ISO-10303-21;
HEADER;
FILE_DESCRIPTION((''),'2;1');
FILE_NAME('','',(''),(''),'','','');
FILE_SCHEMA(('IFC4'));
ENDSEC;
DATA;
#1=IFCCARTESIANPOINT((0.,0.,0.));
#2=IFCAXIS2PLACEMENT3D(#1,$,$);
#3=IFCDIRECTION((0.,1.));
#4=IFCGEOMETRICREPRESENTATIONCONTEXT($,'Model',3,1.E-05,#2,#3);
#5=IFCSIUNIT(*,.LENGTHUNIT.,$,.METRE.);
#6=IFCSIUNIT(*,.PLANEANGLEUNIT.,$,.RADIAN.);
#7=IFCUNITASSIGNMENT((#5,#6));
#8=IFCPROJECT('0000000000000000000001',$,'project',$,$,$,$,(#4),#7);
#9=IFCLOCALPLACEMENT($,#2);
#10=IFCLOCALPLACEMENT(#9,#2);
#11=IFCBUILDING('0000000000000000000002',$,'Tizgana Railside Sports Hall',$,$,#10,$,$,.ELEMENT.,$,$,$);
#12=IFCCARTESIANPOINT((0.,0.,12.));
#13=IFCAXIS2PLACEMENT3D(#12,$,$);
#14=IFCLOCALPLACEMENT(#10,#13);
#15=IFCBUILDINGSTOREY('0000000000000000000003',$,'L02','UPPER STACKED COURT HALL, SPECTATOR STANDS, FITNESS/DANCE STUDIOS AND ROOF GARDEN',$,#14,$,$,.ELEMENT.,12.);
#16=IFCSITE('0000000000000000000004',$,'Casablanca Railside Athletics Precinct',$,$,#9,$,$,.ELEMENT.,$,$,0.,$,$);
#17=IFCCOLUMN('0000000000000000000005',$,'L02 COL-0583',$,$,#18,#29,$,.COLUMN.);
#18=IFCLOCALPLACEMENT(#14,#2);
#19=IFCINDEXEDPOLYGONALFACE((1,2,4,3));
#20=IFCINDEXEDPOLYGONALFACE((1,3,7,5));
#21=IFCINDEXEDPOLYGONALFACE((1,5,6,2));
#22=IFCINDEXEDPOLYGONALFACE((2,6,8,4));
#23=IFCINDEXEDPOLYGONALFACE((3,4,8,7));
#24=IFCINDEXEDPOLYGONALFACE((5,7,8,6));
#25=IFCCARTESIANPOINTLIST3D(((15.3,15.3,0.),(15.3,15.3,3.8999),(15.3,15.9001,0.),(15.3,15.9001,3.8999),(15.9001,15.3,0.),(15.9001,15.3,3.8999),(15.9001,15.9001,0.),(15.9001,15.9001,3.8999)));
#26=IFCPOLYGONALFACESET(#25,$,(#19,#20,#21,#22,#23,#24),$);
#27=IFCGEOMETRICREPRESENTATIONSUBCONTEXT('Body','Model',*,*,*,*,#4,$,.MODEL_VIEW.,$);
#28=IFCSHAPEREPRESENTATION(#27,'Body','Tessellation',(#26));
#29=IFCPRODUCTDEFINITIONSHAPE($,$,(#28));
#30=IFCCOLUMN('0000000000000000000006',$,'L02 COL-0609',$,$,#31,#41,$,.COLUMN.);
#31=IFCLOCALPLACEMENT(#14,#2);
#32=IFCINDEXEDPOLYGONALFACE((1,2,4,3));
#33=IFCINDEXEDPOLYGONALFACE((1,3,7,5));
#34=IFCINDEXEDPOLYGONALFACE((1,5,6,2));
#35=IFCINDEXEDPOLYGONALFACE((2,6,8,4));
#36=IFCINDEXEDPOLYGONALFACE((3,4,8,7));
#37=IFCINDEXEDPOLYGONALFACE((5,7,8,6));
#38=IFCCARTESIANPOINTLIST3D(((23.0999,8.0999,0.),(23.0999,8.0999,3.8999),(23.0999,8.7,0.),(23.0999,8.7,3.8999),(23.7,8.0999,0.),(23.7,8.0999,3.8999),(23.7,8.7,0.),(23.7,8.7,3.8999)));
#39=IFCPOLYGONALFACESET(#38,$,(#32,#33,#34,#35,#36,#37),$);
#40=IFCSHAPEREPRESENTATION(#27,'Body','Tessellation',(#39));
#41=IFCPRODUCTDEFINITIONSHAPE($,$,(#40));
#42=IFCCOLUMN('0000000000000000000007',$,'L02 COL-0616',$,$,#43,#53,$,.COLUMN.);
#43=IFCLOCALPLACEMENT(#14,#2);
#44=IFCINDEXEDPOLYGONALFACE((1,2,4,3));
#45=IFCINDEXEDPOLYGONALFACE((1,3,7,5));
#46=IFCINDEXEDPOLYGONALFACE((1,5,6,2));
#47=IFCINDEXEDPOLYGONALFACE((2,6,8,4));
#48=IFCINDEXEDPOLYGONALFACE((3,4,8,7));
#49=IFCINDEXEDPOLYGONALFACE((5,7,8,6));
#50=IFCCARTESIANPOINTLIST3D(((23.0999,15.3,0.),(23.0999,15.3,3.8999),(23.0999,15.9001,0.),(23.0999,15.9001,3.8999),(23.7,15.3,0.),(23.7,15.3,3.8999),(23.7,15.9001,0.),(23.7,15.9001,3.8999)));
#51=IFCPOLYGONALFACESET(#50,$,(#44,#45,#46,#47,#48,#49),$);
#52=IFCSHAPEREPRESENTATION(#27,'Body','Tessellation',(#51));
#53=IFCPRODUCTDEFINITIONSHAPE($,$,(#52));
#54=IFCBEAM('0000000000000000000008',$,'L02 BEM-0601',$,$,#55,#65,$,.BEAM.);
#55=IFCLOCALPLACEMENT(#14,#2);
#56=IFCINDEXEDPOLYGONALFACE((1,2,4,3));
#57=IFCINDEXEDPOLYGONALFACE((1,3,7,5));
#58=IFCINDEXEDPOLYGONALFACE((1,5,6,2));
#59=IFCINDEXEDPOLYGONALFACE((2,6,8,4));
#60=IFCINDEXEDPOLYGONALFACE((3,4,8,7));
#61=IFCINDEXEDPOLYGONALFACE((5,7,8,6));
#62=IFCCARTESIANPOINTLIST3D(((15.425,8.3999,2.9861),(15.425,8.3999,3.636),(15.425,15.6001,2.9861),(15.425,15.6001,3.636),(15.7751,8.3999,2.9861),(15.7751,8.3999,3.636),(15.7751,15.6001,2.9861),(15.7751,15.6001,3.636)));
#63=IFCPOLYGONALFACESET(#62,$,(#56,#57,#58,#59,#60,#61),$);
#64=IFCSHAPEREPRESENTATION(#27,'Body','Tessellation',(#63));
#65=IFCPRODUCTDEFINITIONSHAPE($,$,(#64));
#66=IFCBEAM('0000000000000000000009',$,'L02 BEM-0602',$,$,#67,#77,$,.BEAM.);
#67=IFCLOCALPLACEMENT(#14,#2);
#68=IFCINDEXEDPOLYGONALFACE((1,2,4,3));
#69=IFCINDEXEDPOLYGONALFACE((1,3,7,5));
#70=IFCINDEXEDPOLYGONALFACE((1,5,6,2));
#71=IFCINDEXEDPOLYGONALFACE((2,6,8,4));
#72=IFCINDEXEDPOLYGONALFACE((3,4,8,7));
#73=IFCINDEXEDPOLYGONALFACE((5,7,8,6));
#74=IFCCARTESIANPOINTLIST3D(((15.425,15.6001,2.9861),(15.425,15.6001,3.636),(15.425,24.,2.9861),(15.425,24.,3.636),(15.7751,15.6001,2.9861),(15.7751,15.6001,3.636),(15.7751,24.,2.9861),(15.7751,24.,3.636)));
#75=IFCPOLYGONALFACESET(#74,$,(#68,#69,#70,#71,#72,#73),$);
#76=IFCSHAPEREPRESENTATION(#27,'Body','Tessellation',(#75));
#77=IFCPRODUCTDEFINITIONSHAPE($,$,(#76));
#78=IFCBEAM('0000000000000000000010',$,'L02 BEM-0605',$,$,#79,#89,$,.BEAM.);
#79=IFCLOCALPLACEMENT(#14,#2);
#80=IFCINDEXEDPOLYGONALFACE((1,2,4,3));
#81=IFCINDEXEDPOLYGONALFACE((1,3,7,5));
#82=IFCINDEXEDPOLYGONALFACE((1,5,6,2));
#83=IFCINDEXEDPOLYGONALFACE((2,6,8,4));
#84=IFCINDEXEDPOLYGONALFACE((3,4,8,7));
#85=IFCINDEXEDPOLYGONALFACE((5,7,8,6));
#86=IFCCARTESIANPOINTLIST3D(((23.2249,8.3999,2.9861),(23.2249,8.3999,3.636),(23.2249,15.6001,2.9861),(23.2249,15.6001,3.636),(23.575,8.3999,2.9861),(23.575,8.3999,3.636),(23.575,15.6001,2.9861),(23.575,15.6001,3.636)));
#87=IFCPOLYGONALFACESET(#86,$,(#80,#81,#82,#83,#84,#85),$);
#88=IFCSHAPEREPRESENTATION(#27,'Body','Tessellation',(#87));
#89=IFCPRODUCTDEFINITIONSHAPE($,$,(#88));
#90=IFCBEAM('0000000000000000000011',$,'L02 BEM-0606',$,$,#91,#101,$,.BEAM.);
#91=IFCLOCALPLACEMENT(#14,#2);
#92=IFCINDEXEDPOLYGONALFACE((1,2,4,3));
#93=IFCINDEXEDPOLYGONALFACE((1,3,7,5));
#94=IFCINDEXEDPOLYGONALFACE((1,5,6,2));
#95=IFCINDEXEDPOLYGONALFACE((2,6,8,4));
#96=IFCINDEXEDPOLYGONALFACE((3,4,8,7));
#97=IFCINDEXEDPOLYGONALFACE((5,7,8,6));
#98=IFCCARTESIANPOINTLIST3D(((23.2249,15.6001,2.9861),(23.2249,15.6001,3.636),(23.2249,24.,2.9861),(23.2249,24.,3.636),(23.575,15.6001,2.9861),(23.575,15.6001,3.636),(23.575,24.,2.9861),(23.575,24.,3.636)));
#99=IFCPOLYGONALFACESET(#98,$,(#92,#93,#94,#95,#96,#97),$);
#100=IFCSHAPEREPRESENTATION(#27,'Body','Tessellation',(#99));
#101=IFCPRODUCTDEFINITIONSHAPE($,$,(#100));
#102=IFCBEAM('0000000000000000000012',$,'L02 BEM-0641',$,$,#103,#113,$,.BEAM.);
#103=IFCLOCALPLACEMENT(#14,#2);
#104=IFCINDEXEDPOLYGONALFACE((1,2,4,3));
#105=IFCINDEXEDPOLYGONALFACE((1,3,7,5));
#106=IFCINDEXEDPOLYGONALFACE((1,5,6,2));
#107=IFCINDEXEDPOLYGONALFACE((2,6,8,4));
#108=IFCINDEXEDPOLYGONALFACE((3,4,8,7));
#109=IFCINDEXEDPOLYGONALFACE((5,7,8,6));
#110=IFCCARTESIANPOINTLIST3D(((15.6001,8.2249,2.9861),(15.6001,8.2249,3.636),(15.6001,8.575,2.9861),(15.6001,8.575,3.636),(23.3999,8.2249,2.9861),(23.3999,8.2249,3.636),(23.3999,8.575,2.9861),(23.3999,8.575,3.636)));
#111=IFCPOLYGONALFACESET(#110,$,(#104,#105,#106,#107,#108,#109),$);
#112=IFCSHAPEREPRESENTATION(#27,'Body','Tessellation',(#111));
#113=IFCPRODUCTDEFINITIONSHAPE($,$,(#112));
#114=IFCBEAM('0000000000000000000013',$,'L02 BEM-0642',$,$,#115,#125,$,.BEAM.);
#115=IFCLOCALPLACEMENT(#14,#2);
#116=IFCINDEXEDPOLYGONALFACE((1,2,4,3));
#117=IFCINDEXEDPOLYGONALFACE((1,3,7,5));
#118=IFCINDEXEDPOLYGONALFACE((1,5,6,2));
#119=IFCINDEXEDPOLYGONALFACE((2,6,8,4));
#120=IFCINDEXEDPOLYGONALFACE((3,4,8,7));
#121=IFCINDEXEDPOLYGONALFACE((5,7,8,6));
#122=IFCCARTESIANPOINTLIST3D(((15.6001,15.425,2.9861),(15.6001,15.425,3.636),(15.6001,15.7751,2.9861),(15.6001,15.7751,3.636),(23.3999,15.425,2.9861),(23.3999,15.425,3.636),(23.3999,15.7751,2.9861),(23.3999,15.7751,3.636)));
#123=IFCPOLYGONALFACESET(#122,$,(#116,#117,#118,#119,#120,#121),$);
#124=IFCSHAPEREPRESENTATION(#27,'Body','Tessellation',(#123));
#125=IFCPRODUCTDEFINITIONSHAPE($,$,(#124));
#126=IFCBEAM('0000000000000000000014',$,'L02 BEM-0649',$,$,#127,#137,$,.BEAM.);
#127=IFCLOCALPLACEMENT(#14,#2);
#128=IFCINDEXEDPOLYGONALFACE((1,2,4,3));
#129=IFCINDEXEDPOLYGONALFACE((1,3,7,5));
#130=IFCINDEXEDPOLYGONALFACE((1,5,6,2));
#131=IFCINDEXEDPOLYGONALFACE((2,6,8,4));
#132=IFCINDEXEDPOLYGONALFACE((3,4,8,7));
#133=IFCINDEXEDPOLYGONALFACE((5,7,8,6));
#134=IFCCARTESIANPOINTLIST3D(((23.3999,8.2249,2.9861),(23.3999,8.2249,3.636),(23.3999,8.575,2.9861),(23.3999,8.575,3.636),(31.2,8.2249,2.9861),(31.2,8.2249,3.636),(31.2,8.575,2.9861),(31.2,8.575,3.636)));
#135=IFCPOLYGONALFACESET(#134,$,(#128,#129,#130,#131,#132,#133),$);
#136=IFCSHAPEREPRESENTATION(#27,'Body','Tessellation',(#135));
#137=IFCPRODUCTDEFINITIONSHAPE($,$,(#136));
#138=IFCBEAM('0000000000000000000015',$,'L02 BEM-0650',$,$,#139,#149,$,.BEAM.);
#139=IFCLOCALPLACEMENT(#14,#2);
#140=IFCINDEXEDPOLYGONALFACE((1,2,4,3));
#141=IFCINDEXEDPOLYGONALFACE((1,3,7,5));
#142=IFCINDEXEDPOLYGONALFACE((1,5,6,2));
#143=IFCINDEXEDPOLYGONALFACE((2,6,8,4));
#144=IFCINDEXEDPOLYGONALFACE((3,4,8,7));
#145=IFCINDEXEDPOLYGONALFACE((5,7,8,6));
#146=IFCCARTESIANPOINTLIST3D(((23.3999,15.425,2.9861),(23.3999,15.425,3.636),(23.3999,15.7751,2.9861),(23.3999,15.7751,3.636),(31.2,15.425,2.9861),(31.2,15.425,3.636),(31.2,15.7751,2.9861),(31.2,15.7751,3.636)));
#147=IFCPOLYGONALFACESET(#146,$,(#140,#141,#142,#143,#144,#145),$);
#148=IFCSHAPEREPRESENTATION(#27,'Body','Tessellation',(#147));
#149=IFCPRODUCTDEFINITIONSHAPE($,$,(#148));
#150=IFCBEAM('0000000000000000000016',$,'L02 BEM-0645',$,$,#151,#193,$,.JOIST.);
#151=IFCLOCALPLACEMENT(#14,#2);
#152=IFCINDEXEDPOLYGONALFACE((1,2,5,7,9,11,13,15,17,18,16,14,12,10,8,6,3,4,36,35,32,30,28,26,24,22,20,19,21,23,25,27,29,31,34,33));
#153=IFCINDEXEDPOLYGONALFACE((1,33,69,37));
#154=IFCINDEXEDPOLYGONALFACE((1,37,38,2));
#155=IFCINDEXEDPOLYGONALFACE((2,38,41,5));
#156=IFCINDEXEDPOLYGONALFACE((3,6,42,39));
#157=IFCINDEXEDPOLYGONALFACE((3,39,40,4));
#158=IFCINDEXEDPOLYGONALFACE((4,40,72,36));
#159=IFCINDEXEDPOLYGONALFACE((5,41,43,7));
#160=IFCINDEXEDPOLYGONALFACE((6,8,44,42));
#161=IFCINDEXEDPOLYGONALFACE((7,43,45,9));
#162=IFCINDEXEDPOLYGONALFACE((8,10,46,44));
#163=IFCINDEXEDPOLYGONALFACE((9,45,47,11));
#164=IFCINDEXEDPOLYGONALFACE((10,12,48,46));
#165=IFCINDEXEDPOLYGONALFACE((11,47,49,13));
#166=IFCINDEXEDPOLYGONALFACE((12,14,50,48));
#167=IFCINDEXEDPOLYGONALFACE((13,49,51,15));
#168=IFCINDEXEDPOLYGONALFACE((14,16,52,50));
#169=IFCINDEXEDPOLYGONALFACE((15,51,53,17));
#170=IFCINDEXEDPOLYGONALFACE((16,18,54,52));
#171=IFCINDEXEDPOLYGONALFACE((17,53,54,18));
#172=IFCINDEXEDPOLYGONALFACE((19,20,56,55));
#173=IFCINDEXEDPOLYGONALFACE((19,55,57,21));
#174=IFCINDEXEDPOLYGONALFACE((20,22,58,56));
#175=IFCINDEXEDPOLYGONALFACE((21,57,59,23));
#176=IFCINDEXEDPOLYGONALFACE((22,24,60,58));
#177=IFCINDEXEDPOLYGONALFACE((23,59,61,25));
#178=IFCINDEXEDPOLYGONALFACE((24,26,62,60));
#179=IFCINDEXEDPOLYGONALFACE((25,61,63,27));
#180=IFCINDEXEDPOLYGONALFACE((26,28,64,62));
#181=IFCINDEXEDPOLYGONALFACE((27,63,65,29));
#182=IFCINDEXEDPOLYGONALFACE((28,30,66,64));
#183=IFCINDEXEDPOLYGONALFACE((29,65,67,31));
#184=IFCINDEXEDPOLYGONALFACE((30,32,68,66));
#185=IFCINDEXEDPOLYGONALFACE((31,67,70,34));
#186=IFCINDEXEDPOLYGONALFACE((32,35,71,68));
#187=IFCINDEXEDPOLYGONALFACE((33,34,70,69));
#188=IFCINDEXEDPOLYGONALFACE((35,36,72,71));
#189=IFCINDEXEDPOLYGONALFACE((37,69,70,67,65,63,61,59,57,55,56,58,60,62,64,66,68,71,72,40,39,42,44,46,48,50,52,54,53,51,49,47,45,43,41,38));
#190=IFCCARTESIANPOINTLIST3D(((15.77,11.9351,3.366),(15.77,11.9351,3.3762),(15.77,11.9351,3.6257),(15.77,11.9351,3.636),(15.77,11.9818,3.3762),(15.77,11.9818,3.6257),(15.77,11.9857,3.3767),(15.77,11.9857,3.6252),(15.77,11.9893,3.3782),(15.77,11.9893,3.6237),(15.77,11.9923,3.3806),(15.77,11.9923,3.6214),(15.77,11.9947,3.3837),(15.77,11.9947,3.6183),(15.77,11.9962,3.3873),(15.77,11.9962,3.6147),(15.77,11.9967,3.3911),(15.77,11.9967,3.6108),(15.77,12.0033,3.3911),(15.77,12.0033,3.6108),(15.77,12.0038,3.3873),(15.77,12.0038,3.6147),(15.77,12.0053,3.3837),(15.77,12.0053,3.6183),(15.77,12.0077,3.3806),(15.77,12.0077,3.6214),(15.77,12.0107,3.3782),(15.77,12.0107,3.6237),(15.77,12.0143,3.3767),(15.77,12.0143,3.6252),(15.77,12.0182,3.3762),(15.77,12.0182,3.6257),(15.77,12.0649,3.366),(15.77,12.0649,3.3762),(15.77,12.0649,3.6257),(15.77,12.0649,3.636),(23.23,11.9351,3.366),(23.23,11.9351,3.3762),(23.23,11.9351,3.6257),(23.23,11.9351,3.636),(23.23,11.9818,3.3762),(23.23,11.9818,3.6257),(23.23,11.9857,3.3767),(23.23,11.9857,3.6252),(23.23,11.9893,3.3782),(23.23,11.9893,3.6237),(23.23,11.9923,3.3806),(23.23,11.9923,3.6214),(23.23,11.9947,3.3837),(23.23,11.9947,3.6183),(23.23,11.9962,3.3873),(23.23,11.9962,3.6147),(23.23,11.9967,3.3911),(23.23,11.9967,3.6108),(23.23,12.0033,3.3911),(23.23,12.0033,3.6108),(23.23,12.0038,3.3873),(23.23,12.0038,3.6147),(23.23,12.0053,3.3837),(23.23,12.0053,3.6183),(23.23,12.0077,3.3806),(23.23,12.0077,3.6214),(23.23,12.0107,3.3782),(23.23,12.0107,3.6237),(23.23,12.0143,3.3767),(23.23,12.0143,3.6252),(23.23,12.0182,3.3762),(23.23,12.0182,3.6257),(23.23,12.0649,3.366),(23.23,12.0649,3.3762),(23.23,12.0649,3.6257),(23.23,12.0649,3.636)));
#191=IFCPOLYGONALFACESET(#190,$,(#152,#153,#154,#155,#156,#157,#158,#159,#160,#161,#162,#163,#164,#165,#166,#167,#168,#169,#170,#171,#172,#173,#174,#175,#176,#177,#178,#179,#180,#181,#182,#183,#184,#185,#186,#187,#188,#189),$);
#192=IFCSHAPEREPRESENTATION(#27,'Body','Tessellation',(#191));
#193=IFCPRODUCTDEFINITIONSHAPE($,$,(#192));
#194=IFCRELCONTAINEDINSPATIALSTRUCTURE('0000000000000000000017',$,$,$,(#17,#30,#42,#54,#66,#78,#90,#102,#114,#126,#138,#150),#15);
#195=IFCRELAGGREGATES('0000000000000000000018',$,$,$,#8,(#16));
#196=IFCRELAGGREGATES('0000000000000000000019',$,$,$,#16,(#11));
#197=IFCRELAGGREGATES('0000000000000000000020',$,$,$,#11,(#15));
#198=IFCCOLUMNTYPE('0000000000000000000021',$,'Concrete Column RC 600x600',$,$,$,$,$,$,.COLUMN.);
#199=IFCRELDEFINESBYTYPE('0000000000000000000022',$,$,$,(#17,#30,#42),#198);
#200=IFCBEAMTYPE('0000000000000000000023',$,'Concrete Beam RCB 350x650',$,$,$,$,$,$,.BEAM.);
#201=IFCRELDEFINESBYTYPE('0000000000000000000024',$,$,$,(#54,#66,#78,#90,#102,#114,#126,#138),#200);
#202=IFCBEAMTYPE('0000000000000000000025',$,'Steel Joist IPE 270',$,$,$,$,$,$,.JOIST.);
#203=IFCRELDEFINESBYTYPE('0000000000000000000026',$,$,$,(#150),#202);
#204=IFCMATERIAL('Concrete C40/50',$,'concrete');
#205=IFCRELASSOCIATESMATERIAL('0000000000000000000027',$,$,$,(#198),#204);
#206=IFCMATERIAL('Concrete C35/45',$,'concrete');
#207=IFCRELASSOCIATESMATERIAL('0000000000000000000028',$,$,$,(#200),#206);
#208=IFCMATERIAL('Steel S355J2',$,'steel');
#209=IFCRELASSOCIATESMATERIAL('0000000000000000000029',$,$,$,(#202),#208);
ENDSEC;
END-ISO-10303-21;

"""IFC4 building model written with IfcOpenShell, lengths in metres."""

from ifc_helpers import new_model, si_unit, direction, frame, origin, origin_2d, place, context, subcontext, project, spatial, rectangle, i_section, extrude, material, material_profile, profile_set, type_object, element, save


model = new_model("IFC4")

# Units and contexts
model_context = context("Model", 3, precision=1e-05, world=origin(), true_north=direction((0.0, 1.0)))
body_context = subcontext(model_context, "Body", "Model", "MODEL_VIEW")
ifc_project = project(units=[si_unit("LENGTHUNIT", "METRE"), si_unit("PLANEANGLEUNIT", "RADIAN")], contexts=[model_context])

# Site, building, storey
site_placement = place(None, origin())
site = spatial("IfcSite", under=ifc_project, at=site_placement, Name="Casablanca Railside Athletics Precinct", CompositionType="ELEMENT", RefElevation=0.0)
building_placement = place(site_placement, origin())
building = spatial("IfcBuilding", under=site, at=building_placement, Name="Tizgana Railside Sports Hall", CompositionType="ELEMENT")
storey_placement = place(building_placement, frame((0.0, 0.0, 12.0)))
storey = spatial("IfcBuildingStorey", under=building, at=storey_placement, Name="L02", Description="UPPER STACKED COURT HALL, SPECTATOR STANDS, FITNESS/DANCE STUDIOS AND ROOF GARDEN", CompositionType="ELEMENT", Elevation=12.0)

# Columns
ifc_material_1 = material(Name="Concrete C40/50", Category="concrete")
ifc_material_profile_1 = material_profile(ifc_material_1, rectangle(XDim=0.6001, YDim=0.6001, at=origin_2d()), Name="RC 600x600")
ifc_profile_set_1 = profile_set([ifc_material_profile_1], Name="Concrete C40/50")
column_type = type_object("IfcColumnType", Name="Concrete Column RC 600x600", PredefinedType="COLUMN", material=ifc_profile_set_1)
for number, where, z_axis, x_axis, name in (
    (1, (15.6001, 15.6001, 0.0), (0.0, 0.0, 1.0), (1.0, 0.0, 0.0), "L02 COL-0583"),
    (2, (23.3999, 8.3999, 0.0), (0.0, 0.0, 1.0), (1.0, 0.0, 0.0), "L02 COL-0609"),
    (3, (23.3999, 15.6001, 0.0), (0.0, 0.0, 1.0), (1.0, 0.0, 0.0), "L02 COL-0616"),
):
    element("IfcColumn", number, at=place(storey_placement, frame(where, z_axis=z_axis, x_axis=x_axis)), inside=storey, type_object=column_type, Name=name, PredefinedType="COLUMN", context=body_context, shape_type="SweptSolid", body=[
        extrude(rectangle(XDim=0.6001, YDim=0.6001, at=origin_2d()), origin(), (0.0, 0.0, 1.0), 3.8999),
    ])

# Beams
ifc_material_2 = material(Name="Concrete C35/45", Category="concrete")
ifc_material_profile_2 = material_profile(ifc_material_2, rectangle(XDim=0.3501, YDim=0.6499, at=origin_2d()), Name="RCB 350x650")
ifc_profile_set_2 = profile_set([ifc_material_profile_2], Name="Concrete C35/45")
beam_type_1 = type_object("IfcBeamType", Name="Concrete Beam RCB 350x650", PredefinedType="BEAM", material=ifc_profile_set_2)
beam_1_placement = place(storey_placement, frame((15.6001, 8.3999, 3.311), z_axis=(0.0, 1.0, 0.0), x_axis=(-1.0, 0.0, 0.0)))
element("IfcBeam", 4, at=beam_1_placement, inside=storey, type_object=beam_type_1, Name="L02 BEM-0601", PredefinedType="BEAM", context=body_context, shape_type="SweptSolid", body=[
    extrude(rectangle(XDim=0.3501, YDim=0.6499, at=origin_2d()), origin(), (0.0, 0.0, 1.0), 7.2002),
])
beam_2_placement = place(storey_placement, frame((15.6001, 15.6001, 3.311), z_axis=(0.0, 1.0, 0.0), x_axis=(-1.0, 0.0, 0.0)))
element("IfcBeam", 5, at=beam_2_placement, inside=storey, type_object=beam_type_1, Name="L02 BEM-0602", PredefinedType="BEAM", context=body_context, shape_type="SweptSolid", body=[
    extrude(rectangle(XDim=0.3501, YDim=0.6499, at=origin_2d()), origin(), (0.0, 0.0, 1.0), 8.3999),
])
beam_3_placement = place(storey_placement, frame((23.3999, 8.3999, 3.311), z_axis=(0.0, 1.0, 0.0), x_axis=(-1.0, 0.0, 0.0)))
element("IfcBeam", 6, at=beam_3_placement, inside=storey, type_object=beam_type_1, Name="L02 BEM-0605", PredefinedType="BEAM", context=body_context, shape_type="SweptSolid", body=[
    extrude(rectangle(XDim=0.3501, YDim=0.6499, at=origin_2d()), origin(), (0.0, 0.0, 1.0), 7.2002),
])
beam_4_placement = place(storey_placement, frame((23.3999, 15.6001, 3.311), z_axis=(0.0, 1.0, 0.0), x_axis=(-1.0, 0.0, 0.0)))
element("IfcBeam", 7, at=beam_4_placement, inside=storey, type_object=beam_type_1, Name="L02 BEM-0606", PredefinedType="BEAM", context=body_context, shape_type="SweptSolid", body=[
    extrude(rectangle(XDim=0.3501, YDim=0.6499, at=origin_2d()), origin(), (0.0, 0.0, 1.0), 8.3999),
])
for number, where, z_axis, x_axis, name in (
    (8, (15.6001, 8.3999, 3.311), (1.0, 0.0, 0.0), (0.0, 1.0, 0.0), "L02 BEM-0641"),
    (9, (15.6001, 15.6001, 3.311), (1.0, 0.0, 0.0), (0.0, 1.0, 0.0), "L02 BEM-0642"),
):
    element("IfcBeam", number, at=place(storey_placement, frame(where, z_axis=z_axis, x_axis=x_axis)), inside=storey, type_object=beam_type_1, Name=name, PredefinedType="BEAM", context=body_context, shape_type="SweptSolid", body=[
        extrude(rectangle(XDim=0.3501, YDim=0.6499, at=origin_2d()), origin(), (0.0, 0.0, 1.0), 7.7998),
    ])
for number, where, z_axis, x_axis, name in (
    (10, (23.3999, 8.3999, 3.311), (1.0, 0.0, 0.0), (0.0, 1.0, 0.0), "L02 BEM-0649"),
    (11, (23.3999, 15.6001, 3.311), (1.0, 0.0, 0.0), (0.0, 1.0, 0.0), "L02 BEM-0650"),
):
    element("IfcBeam", number, at=place(storey_placement, frame(where, z_axis=z_axis, x_axis=x_axis)), inside=storey, type_object=beam_type_1, Name=name, PredefinedType="BEAM", context=body_context, shape_type="SweptSolid", body=[
        extrude(rectangle(XDim=0.3501, YDim=0.6499, at=origin_2d()), origin(), (0.0, 0.0, 1.0), 7.8),
    ])
ifc_material_3 = material(Name="Steel S355J2", Category="steel")
ifc_material_profile_3 = material_profile(ifc_material_3, i_section(OverallWidth=0.1299, OverallDepth=0.27, WebThickness=0.0066, FlangeThickness=0.0103, FilletRadius=0.0149, at=origin_2d()), Name="IPE 270")
ifc_profile_set_3 = profile_set([ifc_material_profile_3], Name="Steel S355J2")
beam_type_2 = type_object("IfcBeamType", Name="Steel Joist IPE 270", PredefinedType="JOIST", material=ifc_profile_set_3)
beam_5_placement = place(storey_placement, frame((15.77, 12.0, 3.501), z_axis=(1.0, 0.0, 0.0), x_axis=(0.0, 1.0, 0.0)))
element("IfcBeam", 12, at=beam_5_placement, inside=storey, type_object=beam_type_2, Name="L02 BEM-0645", PredefinedType="JOIST", context=body_context, shape_type="SweptSolid", body=[
    extrude(i_section(OverallWidth=0.1299, OverallDepth=0.27, WebThickness=0.0066, FlangeThickness=0.0103, FilletRadius=0.0149, at=origin_2d()), origin(), (0.0, 0.0, 1.0), 7.46),
])

save(model, "model.ifc")
